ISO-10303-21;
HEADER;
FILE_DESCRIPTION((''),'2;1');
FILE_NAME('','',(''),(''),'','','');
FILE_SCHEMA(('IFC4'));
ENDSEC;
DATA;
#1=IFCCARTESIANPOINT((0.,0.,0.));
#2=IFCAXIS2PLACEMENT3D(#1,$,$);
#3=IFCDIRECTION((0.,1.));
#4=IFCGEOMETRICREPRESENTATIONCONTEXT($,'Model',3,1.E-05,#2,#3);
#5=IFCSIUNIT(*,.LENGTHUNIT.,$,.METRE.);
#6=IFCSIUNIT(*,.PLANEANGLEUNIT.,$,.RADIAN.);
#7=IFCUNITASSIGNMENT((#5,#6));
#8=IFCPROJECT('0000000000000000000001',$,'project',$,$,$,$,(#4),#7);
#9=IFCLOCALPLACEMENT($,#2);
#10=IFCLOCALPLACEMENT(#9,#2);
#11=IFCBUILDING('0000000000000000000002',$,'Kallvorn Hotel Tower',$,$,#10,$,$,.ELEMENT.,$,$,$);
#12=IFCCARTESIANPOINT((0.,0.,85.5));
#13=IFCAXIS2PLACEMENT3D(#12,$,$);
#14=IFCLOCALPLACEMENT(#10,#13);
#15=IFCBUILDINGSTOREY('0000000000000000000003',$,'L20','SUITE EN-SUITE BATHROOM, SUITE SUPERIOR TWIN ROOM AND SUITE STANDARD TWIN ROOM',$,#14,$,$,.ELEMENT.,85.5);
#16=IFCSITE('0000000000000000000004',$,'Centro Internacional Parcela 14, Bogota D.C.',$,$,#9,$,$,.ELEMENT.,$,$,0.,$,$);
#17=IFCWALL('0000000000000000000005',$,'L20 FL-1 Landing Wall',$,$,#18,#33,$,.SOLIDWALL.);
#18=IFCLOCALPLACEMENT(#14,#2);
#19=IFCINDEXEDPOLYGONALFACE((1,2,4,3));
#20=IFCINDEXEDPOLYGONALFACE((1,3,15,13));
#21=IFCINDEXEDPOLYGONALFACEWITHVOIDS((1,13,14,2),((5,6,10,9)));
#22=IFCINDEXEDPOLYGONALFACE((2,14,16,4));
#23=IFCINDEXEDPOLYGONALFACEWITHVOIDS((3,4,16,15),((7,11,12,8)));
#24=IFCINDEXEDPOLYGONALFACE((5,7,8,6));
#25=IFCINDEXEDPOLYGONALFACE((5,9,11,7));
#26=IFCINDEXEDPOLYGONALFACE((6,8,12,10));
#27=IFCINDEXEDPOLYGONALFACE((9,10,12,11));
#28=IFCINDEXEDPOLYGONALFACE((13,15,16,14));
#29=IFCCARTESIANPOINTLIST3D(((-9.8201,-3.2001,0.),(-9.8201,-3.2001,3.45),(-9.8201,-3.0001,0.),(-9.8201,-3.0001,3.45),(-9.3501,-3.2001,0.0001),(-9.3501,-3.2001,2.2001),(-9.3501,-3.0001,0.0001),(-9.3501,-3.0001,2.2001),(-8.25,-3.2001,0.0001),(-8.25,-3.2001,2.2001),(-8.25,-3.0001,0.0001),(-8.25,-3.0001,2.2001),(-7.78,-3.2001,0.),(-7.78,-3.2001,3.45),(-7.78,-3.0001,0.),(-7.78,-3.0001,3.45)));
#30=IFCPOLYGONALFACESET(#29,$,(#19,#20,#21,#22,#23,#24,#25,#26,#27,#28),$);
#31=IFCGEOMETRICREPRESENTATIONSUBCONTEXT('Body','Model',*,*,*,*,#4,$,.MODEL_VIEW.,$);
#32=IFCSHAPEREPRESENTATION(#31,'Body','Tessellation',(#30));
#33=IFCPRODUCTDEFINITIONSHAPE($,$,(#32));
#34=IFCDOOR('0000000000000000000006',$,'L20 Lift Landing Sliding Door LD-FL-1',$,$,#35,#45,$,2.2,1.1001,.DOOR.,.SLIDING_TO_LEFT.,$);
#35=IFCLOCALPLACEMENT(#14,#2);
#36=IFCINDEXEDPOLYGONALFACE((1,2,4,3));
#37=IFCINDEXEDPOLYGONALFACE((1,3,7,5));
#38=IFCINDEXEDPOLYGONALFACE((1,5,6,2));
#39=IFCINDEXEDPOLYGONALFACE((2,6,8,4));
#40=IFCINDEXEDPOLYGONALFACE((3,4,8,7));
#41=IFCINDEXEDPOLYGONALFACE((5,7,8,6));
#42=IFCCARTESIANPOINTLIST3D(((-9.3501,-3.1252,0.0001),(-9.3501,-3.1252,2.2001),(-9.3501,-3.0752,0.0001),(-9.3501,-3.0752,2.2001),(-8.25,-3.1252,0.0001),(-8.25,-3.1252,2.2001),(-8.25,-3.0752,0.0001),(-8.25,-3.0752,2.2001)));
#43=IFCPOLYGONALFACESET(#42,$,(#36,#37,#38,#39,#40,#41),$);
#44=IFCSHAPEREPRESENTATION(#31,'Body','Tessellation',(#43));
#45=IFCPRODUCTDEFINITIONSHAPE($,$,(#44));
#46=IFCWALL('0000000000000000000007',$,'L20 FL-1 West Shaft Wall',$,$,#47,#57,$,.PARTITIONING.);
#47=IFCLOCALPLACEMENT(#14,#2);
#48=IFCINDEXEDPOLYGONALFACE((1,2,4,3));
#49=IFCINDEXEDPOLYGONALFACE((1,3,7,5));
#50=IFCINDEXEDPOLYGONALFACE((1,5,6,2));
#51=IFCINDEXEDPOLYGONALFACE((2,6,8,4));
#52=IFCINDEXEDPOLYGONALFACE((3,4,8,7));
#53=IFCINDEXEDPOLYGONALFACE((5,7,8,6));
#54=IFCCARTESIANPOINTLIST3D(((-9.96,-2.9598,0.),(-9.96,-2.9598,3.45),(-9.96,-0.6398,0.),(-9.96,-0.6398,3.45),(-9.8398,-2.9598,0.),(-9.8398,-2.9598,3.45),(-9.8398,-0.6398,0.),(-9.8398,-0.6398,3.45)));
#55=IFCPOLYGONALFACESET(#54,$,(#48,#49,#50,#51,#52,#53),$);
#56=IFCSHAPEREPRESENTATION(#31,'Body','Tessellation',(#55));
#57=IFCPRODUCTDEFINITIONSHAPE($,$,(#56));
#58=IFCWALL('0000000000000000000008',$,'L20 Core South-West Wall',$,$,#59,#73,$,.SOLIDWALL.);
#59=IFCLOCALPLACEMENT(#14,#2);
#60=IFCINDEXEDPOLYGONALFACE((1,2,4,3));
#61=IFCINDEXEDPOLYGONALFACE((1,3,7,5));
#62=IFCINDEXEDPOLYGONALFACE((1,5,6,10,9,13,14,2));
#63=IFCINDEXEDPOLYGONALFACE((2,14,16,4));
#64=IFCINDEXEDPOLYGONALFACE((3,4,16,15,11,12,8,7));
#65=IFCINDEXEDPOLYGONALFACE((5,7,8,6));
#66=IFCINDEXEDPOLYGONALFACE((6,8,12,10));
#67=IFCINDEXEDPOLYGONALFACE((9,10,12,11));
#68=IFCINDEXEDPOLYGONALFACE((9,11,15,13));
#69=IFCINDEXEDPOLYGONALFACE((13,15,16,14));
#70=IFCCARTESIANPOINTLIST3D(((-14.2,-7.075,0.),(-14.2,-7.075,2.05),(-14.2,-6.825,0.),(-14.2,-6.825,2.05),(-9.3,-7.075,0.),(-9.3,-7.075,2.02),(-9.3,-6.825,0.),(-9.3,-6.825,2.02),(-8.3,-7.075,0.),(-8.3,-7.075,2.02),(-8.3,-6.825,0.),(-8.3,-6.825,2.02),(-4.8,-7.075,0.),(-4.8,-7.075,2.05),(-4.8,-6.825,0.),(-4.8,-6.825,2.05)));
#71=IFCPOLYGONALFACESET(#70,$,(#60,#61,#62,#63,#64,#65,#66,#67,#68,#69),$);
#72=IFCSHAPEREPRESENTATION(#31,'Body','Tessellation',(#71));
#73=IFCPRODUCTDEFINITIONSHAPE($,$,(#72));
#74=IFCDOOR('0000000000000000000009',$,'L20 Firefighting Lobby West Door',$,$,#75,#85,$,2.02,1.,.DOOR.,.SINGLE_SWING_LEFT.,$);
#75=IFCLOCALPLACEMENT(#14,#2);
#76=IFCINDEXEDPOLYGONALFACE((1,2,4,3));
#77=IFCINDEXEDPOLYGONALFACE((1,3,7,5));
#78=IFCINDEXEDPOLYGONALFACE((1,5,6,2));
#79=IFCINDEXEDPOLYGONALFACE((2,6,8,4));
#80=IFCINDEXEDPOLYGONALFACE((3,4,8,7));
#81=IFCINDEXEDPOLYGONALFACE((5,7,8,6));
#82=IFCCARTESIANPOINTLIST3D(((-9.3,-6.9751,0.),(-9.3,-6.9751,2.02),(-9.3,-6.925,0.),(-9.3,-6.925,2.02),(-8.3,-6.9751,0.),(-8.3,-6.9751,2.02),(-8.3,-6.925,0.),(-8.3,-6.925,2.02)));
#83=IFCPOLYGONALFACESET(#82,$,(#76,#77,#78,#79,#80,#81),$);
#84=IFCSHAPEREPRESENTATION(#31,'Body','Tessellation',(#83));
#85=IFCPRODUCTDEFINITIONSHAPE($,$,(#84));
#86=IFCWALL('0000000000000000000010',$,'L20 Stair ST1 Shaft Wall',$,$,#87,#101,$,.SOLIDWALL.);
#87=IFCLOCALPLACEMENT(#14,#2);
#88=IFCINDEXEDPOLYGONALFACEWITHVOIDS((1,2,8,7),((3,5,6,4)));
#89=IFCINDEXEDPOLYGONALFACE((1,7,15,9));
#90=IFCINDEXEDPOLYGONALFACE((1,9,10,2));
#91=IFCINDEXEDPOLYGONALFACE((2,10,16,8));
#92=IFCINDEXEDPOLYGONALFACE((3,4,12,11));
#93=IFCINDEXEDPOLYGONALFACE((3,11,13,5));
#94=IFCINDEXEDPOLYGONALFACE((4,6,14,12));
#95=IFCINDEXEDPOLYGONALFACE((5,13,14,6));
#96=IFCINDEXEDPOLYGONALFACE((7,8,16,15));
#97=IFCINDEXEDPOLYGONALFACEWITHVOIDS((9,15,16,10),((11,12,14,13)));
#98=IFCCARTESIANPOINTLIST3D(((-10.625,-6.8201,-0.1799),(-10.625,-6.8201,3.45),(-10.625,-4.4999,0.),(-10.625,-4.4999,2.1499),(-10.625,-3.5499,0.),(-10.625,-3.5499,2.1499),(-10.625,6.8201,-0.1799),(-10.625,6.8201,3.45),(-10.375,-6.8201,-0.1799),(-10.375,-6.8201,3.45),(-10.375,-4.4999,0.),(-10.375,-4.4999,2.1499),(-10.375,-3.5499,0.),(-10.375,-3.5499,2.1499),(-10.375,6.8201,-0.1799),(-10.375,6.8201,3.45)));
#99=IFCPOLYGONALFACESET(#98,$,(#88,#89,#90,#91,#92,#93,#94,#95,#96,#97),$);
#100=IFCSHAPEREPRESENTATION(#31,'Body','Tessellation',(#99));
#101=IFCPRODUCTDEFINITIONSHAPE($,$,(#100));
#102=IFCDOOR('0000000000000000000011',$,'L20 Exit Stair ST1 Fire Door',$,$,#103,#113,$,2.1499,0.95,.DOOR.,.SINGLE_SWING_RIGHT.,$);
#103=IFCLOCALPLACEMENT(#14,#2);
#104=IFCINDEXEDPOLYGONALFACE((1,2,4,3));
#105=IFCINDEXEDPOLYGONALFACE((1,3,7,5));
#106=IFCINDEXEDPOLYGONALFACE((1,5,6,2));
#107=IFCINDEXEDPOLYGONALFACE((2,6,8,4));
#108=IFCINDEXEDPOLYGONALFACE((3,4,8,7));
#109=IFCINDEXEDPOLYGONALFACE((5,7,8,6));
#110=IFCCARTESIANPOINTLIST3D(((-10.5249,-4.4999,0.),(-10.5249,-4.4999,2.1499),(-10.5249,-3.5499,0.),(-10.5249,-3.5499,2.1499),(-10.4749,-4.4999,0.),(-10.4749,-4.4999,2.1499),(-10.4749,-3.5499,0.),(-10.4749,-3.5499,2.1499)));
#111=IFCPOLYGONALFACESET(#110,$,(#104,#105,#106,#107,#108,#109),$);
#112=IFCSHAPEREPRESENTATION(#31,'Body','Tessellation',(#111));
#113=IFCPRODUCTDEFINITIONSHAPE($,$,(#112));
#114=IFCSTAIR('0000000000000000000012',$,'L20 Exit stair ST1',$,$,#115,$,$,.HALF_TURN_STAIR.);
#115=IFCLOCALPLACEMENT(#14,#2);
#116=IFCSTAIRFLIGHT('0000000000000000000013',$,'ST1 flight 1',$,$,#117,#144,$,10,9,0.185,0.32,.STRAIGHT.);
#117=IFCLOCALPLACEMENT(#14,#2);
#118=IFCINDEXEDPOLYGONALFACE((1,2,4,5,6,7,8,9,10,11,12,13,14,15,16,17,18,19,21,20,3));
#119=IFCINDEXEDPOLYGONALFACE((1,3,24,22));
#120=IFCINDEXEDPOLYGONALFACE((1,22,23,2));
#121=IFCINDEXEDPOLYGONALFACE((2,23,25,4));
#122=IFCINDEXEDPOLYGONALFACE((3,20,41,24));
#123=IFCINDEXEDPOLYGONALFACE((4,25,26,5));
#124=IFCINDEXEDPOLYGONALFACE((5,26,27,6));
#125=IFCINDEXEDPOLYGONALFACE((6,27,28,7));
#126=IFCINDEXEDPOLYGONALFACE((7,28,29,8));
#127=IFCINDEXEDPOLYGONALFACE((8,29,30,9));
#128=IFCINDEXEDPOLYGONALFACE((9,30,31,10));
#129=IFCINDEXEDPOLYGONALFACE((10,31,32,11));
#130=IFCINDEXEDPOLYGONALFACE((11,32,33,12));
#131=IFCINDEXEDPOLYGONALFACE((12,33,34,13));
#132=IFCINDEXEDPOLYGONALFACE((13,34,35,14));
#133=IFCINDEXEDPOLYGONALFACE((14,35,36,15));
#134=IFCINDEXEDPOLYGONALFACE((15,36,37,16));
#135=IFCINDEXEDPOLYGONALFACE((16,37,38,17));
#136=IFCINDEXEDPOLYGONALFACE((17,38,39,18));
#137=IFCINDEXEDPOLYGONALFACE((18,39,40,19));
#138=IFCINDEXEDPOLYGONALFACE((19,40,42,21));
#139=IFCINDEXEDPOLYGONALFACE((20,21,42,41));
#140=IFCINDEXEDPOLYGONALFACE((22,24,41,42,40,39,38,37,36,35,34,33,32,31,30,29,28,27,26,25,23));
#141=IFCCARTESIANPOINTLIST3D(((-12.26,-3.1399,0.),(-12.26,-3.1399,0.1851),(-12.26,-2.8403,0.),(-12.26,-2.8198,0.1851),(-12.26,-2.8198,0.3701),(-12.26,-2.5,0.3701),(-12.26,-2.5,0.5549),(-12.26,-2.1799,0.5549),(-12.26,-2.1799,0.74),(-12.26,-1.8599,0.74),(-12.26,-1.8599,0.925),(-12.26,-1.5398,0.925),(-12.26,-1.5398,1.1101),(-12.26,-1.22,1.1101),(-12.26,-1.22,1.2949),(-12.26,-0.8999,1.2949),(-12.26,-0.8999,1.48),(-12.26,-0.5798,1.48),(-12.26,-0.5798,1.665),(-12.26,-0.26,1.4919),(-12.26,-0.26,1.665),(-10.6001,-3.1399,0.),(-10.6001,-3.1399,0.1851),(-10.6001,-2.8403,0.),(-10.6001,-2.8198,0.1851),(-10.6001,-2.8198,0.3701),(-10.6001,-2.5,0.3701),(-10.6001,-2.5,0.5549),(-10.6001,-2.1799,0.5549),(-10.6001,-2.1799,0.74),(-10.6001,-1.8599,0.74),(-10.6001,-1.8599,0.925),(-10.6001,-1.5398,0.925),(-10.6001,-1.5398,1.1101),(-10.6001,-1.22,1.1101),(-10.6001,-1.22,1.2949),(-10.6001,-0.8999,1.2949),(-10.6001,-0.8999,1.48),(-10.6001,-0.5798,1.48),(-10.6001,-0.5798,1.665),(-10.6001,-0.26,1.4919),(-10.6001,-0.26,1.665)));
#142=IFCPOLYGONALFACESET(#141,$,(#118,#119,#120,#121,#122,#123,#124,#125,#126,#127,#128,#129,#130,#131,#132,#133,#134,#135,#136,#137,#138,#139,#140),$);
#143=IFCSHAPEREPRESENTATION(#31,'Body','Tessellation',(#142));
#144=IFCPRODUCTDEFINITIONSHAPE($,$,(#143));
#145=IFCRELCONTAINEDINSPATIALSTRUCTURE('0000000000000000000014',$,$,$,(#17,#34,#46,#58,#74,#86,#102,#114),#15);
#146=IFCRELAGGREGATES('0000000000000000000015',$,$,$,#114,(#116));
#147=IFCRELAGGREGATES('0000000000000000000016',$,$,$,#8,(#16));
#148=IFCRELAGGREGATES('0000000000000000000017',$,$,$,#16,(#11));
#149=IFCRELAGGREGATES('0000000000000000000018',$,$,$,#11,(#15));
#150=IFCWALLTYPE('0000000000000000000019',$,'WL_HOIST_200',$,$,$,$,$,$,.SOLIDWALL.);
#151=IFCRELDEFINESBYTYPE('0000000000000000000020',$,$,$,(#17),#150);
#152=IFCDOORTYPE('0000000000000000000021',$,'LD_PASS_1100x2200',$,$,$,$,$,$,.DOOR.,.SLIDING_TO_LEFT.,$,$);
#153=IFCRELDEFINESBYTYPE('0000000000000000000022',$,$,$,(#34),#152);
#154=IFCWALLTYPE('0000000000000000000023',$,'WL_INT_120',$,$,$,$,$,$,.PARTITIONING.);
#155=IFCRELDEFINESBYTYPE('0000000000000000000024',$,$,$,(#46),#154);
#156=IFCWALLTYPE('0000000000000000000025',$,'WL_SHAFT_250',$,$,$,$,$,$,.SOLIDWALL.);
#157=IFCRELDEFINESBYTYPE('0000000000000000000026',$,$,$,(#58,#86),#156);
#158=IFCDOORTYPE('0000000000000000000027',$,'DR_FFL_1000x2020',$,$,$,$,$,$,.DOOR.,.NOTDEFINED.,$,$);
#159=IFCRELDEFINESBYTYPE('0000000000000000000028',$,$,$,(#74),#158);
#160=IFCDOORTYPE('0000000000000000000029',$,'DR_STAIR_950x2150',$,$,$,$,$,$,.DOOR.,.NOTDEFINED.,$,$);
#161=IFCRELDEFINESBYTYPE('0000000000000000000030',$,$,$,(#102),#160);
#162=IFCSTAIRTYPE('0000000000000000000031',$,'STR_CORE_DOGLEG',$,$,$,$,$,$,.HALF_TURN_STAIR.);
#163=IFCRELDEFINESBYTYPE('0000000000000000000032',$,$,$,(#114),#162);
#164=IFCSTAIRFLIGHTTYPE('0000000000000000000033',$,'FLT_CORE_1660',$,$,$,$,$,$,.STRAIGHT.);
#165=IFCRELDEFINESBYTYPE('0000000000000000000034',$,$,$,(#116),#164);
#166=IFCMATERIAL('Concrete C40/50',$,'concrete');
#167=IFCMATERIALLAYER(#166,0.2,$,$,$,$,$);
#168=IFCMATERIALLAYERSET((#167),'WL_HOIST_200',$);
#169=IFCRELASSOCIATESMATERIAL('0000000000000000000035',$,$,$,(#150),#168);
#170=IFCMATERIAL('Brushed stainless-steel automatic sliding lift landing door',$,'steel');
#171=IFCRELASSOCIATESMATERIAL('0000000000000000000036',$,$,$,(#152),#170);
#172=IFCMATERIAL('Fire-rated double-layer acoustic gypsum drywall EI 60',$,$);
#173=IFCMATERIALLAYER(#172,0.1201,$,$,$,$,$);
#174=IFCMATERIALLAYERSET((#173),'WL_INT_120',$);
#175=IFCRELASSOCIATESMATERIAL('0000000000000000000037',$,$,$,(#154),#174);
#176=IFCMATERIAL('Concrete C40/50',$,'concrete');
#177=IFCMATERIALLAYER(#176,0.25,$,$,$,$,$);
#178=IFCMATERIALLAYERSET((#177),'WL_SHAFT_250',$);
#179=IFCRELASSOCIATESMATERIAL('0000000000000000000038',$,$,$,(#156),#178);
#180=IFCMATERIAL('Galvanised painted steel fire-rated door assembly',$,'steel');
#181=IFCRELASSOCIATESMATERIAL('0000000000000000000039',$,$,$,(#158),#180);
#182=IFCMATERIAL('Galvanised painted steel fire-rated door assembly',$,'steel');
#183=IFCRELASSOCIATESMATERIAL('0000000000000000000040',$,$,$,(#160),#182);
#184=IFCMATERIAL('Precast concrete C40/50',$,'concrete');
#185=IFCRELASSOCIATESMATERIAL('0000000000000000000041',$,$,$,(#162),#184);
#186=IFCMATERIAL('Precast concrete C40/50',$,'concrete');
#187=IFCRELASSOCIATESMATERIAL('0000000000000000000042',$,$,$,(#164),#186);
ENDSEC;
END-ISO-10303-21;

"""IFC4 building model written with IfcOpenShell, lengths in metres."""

from ifc_helpers import new_model, si_unit, direction, frame, frame_2d, origin, place, context, subcontext, project, spatial, polyline, rectangle, outline, extrude, material, layer, layer_set, type_object, element, fill, aggregate, save


model = new_model("IFC4")

# Units and contexts
model_context = context("Model", 3, precision=1e-05, world=origin(), true_north=direction((0.0, 1.0)))
body_context = subcontext(model_context, "Body", "Model", "MODEL_VIEW")
ifc_project = project(units=[si_unit("LENGTHUNIT", "METRE"), si_unit("PLANEANGLEUNIT", "RADIAN")], contexts=[model_context])

# Site, building, storey
site_placement = place(None, origin())
site = spatial("IfcSite", under=ifc_project, at=site_placement, Name="Centro Internacional Parcela 14, Bogota D.C.", CompositionType="ELEMENT", RefElevation=0.0)
building_placement = place(site_placement, origin())
building = spatial("IfcBuilding", under=site, at=building_placement, Name="Kallvorn Hotel Tower", CompositionType="ELEMENT")
storey_placement = place(building_placement, frame((0.0, 0.0, 85.5)))
storey = spatial("IfcBuildingStorey", under=building, at=storey_placement, Name="L20", Description="SUITE EN-SUITE BATHROOM, SUITE SUPERIOR TWIN ROOM AND SUITE STANDARD TWIN ROOM", CompositionType="ELEMENT", Elevation=85.5)

# Shared definitions
ifc_material_1 = material(Name="Concrete C40/50", Category="concrete")
ifc_layer_1 = layer(ifc_material_1, 0.2)
ifc_layer_set_1 = layer_set([ifc_layer_1], Name="WL_HOIST_200")
wall_type_1 = type_object("IfcWallType", Name="WL_HOIST_200", PredefinedType="SOLIDWALL", material=ifc_layer_set_1)

# Wall, opening, door
wall_1_placement = place(storey_placement, frame((-9.8201, -3.1001, 0.0), z_axis=(0.0, 0.0, 1.0), x_axis=(1.0, 0.0, 0.0)))
wall_1 = element("IfcWall", 1, at=wall_1_placement, inside=storey, type_object=wall_type_1, Name="L20 FL-1 Landing Wall", PredefinedType="SOLIDWALL", context=body_context, shape_type="SweptSolid", body=[
    extrude(rectangle(XDim=2.04, YDim=0.2, at=frame_2d((1.02, 0.0))), origin(), (0.0, 0.0, 1.0), 3.45),
])
opening_1_placement = place(wall_1_placement, frame((0.47, 0.0, 0.0)))
opening_1 = element("IfcOpeningElement", 2, at=opening_1_placement, cuts=wall_1, PredefinedType="OPENING", context=body_context, shape_type="SweptSolid", body=[
    extrude(rectangle(XDim=1.1001, YDim=2.2, at=frame_2d((0.55, 1.1001))), frame((0.0, 0.115, 0.0), z_axis=(0.0, -1.0, 0.0), x_axis=(1.0, 0.0, 0.0)), (0.0, 0.0, 1.0), 0.23),
])
ifc_material_2 = material(Name="Brushed stainless-steel automatic sliding lift landing door", Category="steel")
door_type_1 = type_object("IfcDoorType", Name="LD_PASS_1100x2200", OperationType="SLIDING_TO_LEFT", PredefinedType="DOOR", material=ifc_material_2)
door_1_placement = place(opening_1_placement, origin())
door_1 = element("IfcDoor", 3, at=door_1_placement, inside=storey, type_object=door_type_1, Name="L20 Lift Landing Sliding Door LD-FL-1", OperationType="SLIDING_TO_LEFT", OverallHeight=2.2, OverallWidth=1.1001, PredefinedType="DOOR", context=body_context, shape_type="SweptSolid", body=[
    extrude(rectangle(XDim=1.1001, YDim=2.2, at=frame_2d((0.55, 1.1001))), frame((0.0, 0.0249, 0.0), z_axis=(0.0, -1.0, 0.0), x_axis=(1.0, 0.0, 0.0)), (0.0, 0.0, 1.0), 0.05),
])
fill(opening_1, door_1)

# Wall
ifc_material_3 = material(Name="Fire-rated double-layer acoustic gypsum drywall EI 60")
ifc_layer_2 = layer(ifc_material_3, 0.1201)
ifc_layer_set_2 = layer_set([ifc_layer_2], Name="WL_INT_120")
wall_type_2 = type_object("IfcWallType", Name="WL_INT_120", PredefinedType="PARTITIONING", material=ifc_layer_set_2)
wall_2_placement = place(storey_placement, frame((-9.8999, -2.96, 0.0), z_axis=(0.0, 0.0, 1.0), x_axis=(0.0, 1.0, 0.0)))
element("IfcWall", 4, at=wall_2_placement, inside=storey, type_object=wall_type_2, Name="L20 FL-1 West Shaft Wall", PredefinedType="PARTITIONING", context=body_context, shape_type="SweptSolid", body=[
    extrude(rectangle(XDim=2.3201, YDim=0.1201, at=frame_2d((1.1602, 0.0))), origin(), (0.0, 0.0, 1.0), 3.45),
])

# Walls, openings, doors
ifc_material_4 = material(Name="Concrete C40/50", Category="concrete")
ifc_layer_3 = layer(ifc_material_4, 0.25)
ifc_layer_set_3 = layer_set([ifc_layer_3], Name="WL_SHAFT_250")
wall_type_3 = type_object("IfcWallType", Name="WL_SHAFT_250", PredefinedType="SOLIDWALL", material=ifc_layer_set_3)
wall_3_placement = place(storey_placement, frame((-14.2, -6.95, 0.0), z_axis=(0.0, 0.0, 1.0), x_axis=(1.0, 0.0, 0.0)))
wall_3 = element("IfcWall", 5, at=wall_3_placement, inside=storey, type_object=wall_type_3, Name="L20 Core South-West Wall", PredefinedType="SOLIDWALL", context=body_context, shape_type="SweptSolid", body=[
    extrude(rectangle(XDim=9.3999, YDim=0.25, at=frame_2d((4.7, 0.0))), origin(), (0.0, 0.0, 1.0), 2.05),
])
opening_2_placement = place(wall_3_placement, frame((4.8999, 0.0, 0.0)))
opening_2 = element("IfcOpeningElement", 6, at=opening_2_placement, cuts=wall_3, PredefinedType="OPENING", context=body_context, shape_type="SweptSolid", body=[
    extrude(rectangle(XDim=1.0, YDim=2.02, at=frame_2d((0.5, 1.01))), frame((0.0, 0.1399, 0.0), z_axis=(0.0, -1.0, 0.0), x_axis=(1.0, 0.0, 0.0)), (0.0, 0.0, 1.0), 0.28),
])
ifc_material_5 = material(Name="Galvanised painted steel fire-rated door assembly", Category="steel")
door_type_2 = type_object("IfcDoorType", Name="DR_FFL_1000x2020", OperationType="NOTDEFINED", PredefinedType="DOOR", material=ifc_material_5)
door_2_placement = place(opening_2_placement, origin())
door_2 = element("IfcDoor", 7, at=door_2_placement, inside=storey, type_object=door_type_2, Name="L20 Firefighting Lobby West Door", OperationType="SINGLE_SWING_LEFT", OverallHeight=2.02, OverallWidth=1.0, PredefinedType="DOOR", context=body_context, shape_type="SweptSolid", body=[
    extrude(rectangle(XDim=1.0, YDim=2.02, at=frame_2d((0.5, 1.01))), frame((0.0, 0.0249, 0.0), z_axis=(0.0, -1.0, 0.0), x_axis=(1.0, 0.0, 0.0)), (0.0, 0.0, 1.0), 0.05),
])
fill(opening_2, door_2)
wall_4_placement = place(storey_placement, frame((-10.5, -6.8201, -0.1799), z_axis=(0.0, 0.0, 1.0), x_axis=(0.0, 1.0, 0.0)))
wall_4 = element("IfcWall", 8, at=wall_4_placement, inside=storey, type_object=wall_type_3, Name="L20 Stair ST1 Shaft Wall", PredefinedType="SOLIDWALL", context=body_context, shape_type="SweptSolid", body=[
    extrude(rectangle(XDim=13.6401, YDim=0.25, at=frame_2d((6.8201, 0.0))), origin(), (0.0, 0.0, 1.0), 3.6299),
])
opening_3_placement = place(wall_4_placement, frame((2.3201, 0.0, 0.1799)))
opening_3 = element("IfcOpeningElement", 9, at=opening_3_placement, cuts=wall_4, PredefinedType="OPENING", context=body_context, shape_type="SweptSolid", body=[
    extrude(rectangle(XDim=0.95, YDim=2.1499, at=frame_2d((0.4751, 1.075))), frame((0.0, 0.1399, 0.0), z_axis=(0.0, -1.0, 0.0), x_axis=(1.0, 0.0, 0.0)), (0.0, 0.0, 1.0), 0.28),
])
ifc_material_6 = material(Name="Galvanised painted steel fire-rated door assembly", Category="steel")
door_type_3 = type_object("IfcDoorType", Name="DR_STAIR_950x2150", OperationType="NOTDEFINED", PredefinedType="DOOR", material=ifc_material_6)
door_3_placement = place(opening_3_placement, origin())
door_3 = element("IfcDoor", 10, at=door_3_placement, inside=storey, type_object=door_type_3, Name="L20 Exit Stair ST1 Fire Door", OperationType="SINGLE_SWING_RIGHT", OverallHeight=2.1499, OverallWidth=0.95, PredefinedType="DOOR", context=body_context, shape_type="SweptSolid", body=[
    extrude(rectangle(XDim=0.95, YDim=2.1499, at=frame_2d((0.4751, 1.075))), frame((0.0, 0.0249, 0.0), z_axis=(0.0, -1.0, 0.0), x_axis=(1.0, 0.0, 0.0)), (0.0, 0.0, 1.0), 0.05),
])
fill(opening_3, door_3)

# Stair, stair flight
ifc_material_7 = material(Name="Precast concrete C40/50", Category="concrete")
stair_type = type_object("IfcStairType", Name="STR_CORE_DOGLEG", PredefinedType="HALF_TURN_STAIR", material=ifc_material_7)
stair_placement = place(storey_placement, origin())
stair = element("IfcStair", 11, at=stair_placement, inside=storey, type_object=stair_type, Name="L20 Exit stair ST1", PredefinedType="HALF_TURN_STAIR")
ifc_material_8 = material(Name="Precast concrete C40/50", Category="concrete")
stair_flight_type = type_object("IfcStairFlightType", Name="FLT_CORE_1660", PredefinedType="STRAIGHT", material=ifc_material_8)
stair_flight_placement = place(storey_placement, frame((-11.4299, -3.1399, 0.0), z_axis=(0.0, 0.0, 1.0), x_axis=(0.0, 1.0, 0.0)))
stair_flight = element("IfcStairFlight", 12, at=stair_flight_placement, type_object=stair_flight_type, Name="ST1 flight 1", NumberOfRisers=10, NumberOfTreads=9, PredefinedType="STRAIGHT", RiserHeight=0.185, TreadLength=0.32, context=body_context, shape_type="SweptSolid", body=[
    extrude(outline(polyline([(0.0, 0.0), (0.0, 0.1851), (0.3201, 0.1851), (0.3201, 0.3701), (0.6399, 0.3701), (0.6399, 0.5549), (0.96, 0.5549), (0.96, 0.74), (1.28, 0.74), (1.28, 0.925), (1.6001, 0.925), (1.6001, 1.1101), (1.9199, 1.1101), (1.9199, 1.2949), (2.24, 1.2949), (2.24, 1.48), (2.5601, 1.48), (2.5601, 1.665), (2.8799, 1.665), (2.8799, 1.8501), (2.8799, 1.4919), (0.2996, 0.0), (0.0, 0.0)])), frame((0.0, 0.8301, 0.0), z_axis=(0.0, -1.0, 0.0), x_axis=(1.0, 0.0, 0.0)), (0.0, 0.0, 1.0), 1.6599),
])
aggregate(stair, [stair_flight])

save(model, "model.ifc")
